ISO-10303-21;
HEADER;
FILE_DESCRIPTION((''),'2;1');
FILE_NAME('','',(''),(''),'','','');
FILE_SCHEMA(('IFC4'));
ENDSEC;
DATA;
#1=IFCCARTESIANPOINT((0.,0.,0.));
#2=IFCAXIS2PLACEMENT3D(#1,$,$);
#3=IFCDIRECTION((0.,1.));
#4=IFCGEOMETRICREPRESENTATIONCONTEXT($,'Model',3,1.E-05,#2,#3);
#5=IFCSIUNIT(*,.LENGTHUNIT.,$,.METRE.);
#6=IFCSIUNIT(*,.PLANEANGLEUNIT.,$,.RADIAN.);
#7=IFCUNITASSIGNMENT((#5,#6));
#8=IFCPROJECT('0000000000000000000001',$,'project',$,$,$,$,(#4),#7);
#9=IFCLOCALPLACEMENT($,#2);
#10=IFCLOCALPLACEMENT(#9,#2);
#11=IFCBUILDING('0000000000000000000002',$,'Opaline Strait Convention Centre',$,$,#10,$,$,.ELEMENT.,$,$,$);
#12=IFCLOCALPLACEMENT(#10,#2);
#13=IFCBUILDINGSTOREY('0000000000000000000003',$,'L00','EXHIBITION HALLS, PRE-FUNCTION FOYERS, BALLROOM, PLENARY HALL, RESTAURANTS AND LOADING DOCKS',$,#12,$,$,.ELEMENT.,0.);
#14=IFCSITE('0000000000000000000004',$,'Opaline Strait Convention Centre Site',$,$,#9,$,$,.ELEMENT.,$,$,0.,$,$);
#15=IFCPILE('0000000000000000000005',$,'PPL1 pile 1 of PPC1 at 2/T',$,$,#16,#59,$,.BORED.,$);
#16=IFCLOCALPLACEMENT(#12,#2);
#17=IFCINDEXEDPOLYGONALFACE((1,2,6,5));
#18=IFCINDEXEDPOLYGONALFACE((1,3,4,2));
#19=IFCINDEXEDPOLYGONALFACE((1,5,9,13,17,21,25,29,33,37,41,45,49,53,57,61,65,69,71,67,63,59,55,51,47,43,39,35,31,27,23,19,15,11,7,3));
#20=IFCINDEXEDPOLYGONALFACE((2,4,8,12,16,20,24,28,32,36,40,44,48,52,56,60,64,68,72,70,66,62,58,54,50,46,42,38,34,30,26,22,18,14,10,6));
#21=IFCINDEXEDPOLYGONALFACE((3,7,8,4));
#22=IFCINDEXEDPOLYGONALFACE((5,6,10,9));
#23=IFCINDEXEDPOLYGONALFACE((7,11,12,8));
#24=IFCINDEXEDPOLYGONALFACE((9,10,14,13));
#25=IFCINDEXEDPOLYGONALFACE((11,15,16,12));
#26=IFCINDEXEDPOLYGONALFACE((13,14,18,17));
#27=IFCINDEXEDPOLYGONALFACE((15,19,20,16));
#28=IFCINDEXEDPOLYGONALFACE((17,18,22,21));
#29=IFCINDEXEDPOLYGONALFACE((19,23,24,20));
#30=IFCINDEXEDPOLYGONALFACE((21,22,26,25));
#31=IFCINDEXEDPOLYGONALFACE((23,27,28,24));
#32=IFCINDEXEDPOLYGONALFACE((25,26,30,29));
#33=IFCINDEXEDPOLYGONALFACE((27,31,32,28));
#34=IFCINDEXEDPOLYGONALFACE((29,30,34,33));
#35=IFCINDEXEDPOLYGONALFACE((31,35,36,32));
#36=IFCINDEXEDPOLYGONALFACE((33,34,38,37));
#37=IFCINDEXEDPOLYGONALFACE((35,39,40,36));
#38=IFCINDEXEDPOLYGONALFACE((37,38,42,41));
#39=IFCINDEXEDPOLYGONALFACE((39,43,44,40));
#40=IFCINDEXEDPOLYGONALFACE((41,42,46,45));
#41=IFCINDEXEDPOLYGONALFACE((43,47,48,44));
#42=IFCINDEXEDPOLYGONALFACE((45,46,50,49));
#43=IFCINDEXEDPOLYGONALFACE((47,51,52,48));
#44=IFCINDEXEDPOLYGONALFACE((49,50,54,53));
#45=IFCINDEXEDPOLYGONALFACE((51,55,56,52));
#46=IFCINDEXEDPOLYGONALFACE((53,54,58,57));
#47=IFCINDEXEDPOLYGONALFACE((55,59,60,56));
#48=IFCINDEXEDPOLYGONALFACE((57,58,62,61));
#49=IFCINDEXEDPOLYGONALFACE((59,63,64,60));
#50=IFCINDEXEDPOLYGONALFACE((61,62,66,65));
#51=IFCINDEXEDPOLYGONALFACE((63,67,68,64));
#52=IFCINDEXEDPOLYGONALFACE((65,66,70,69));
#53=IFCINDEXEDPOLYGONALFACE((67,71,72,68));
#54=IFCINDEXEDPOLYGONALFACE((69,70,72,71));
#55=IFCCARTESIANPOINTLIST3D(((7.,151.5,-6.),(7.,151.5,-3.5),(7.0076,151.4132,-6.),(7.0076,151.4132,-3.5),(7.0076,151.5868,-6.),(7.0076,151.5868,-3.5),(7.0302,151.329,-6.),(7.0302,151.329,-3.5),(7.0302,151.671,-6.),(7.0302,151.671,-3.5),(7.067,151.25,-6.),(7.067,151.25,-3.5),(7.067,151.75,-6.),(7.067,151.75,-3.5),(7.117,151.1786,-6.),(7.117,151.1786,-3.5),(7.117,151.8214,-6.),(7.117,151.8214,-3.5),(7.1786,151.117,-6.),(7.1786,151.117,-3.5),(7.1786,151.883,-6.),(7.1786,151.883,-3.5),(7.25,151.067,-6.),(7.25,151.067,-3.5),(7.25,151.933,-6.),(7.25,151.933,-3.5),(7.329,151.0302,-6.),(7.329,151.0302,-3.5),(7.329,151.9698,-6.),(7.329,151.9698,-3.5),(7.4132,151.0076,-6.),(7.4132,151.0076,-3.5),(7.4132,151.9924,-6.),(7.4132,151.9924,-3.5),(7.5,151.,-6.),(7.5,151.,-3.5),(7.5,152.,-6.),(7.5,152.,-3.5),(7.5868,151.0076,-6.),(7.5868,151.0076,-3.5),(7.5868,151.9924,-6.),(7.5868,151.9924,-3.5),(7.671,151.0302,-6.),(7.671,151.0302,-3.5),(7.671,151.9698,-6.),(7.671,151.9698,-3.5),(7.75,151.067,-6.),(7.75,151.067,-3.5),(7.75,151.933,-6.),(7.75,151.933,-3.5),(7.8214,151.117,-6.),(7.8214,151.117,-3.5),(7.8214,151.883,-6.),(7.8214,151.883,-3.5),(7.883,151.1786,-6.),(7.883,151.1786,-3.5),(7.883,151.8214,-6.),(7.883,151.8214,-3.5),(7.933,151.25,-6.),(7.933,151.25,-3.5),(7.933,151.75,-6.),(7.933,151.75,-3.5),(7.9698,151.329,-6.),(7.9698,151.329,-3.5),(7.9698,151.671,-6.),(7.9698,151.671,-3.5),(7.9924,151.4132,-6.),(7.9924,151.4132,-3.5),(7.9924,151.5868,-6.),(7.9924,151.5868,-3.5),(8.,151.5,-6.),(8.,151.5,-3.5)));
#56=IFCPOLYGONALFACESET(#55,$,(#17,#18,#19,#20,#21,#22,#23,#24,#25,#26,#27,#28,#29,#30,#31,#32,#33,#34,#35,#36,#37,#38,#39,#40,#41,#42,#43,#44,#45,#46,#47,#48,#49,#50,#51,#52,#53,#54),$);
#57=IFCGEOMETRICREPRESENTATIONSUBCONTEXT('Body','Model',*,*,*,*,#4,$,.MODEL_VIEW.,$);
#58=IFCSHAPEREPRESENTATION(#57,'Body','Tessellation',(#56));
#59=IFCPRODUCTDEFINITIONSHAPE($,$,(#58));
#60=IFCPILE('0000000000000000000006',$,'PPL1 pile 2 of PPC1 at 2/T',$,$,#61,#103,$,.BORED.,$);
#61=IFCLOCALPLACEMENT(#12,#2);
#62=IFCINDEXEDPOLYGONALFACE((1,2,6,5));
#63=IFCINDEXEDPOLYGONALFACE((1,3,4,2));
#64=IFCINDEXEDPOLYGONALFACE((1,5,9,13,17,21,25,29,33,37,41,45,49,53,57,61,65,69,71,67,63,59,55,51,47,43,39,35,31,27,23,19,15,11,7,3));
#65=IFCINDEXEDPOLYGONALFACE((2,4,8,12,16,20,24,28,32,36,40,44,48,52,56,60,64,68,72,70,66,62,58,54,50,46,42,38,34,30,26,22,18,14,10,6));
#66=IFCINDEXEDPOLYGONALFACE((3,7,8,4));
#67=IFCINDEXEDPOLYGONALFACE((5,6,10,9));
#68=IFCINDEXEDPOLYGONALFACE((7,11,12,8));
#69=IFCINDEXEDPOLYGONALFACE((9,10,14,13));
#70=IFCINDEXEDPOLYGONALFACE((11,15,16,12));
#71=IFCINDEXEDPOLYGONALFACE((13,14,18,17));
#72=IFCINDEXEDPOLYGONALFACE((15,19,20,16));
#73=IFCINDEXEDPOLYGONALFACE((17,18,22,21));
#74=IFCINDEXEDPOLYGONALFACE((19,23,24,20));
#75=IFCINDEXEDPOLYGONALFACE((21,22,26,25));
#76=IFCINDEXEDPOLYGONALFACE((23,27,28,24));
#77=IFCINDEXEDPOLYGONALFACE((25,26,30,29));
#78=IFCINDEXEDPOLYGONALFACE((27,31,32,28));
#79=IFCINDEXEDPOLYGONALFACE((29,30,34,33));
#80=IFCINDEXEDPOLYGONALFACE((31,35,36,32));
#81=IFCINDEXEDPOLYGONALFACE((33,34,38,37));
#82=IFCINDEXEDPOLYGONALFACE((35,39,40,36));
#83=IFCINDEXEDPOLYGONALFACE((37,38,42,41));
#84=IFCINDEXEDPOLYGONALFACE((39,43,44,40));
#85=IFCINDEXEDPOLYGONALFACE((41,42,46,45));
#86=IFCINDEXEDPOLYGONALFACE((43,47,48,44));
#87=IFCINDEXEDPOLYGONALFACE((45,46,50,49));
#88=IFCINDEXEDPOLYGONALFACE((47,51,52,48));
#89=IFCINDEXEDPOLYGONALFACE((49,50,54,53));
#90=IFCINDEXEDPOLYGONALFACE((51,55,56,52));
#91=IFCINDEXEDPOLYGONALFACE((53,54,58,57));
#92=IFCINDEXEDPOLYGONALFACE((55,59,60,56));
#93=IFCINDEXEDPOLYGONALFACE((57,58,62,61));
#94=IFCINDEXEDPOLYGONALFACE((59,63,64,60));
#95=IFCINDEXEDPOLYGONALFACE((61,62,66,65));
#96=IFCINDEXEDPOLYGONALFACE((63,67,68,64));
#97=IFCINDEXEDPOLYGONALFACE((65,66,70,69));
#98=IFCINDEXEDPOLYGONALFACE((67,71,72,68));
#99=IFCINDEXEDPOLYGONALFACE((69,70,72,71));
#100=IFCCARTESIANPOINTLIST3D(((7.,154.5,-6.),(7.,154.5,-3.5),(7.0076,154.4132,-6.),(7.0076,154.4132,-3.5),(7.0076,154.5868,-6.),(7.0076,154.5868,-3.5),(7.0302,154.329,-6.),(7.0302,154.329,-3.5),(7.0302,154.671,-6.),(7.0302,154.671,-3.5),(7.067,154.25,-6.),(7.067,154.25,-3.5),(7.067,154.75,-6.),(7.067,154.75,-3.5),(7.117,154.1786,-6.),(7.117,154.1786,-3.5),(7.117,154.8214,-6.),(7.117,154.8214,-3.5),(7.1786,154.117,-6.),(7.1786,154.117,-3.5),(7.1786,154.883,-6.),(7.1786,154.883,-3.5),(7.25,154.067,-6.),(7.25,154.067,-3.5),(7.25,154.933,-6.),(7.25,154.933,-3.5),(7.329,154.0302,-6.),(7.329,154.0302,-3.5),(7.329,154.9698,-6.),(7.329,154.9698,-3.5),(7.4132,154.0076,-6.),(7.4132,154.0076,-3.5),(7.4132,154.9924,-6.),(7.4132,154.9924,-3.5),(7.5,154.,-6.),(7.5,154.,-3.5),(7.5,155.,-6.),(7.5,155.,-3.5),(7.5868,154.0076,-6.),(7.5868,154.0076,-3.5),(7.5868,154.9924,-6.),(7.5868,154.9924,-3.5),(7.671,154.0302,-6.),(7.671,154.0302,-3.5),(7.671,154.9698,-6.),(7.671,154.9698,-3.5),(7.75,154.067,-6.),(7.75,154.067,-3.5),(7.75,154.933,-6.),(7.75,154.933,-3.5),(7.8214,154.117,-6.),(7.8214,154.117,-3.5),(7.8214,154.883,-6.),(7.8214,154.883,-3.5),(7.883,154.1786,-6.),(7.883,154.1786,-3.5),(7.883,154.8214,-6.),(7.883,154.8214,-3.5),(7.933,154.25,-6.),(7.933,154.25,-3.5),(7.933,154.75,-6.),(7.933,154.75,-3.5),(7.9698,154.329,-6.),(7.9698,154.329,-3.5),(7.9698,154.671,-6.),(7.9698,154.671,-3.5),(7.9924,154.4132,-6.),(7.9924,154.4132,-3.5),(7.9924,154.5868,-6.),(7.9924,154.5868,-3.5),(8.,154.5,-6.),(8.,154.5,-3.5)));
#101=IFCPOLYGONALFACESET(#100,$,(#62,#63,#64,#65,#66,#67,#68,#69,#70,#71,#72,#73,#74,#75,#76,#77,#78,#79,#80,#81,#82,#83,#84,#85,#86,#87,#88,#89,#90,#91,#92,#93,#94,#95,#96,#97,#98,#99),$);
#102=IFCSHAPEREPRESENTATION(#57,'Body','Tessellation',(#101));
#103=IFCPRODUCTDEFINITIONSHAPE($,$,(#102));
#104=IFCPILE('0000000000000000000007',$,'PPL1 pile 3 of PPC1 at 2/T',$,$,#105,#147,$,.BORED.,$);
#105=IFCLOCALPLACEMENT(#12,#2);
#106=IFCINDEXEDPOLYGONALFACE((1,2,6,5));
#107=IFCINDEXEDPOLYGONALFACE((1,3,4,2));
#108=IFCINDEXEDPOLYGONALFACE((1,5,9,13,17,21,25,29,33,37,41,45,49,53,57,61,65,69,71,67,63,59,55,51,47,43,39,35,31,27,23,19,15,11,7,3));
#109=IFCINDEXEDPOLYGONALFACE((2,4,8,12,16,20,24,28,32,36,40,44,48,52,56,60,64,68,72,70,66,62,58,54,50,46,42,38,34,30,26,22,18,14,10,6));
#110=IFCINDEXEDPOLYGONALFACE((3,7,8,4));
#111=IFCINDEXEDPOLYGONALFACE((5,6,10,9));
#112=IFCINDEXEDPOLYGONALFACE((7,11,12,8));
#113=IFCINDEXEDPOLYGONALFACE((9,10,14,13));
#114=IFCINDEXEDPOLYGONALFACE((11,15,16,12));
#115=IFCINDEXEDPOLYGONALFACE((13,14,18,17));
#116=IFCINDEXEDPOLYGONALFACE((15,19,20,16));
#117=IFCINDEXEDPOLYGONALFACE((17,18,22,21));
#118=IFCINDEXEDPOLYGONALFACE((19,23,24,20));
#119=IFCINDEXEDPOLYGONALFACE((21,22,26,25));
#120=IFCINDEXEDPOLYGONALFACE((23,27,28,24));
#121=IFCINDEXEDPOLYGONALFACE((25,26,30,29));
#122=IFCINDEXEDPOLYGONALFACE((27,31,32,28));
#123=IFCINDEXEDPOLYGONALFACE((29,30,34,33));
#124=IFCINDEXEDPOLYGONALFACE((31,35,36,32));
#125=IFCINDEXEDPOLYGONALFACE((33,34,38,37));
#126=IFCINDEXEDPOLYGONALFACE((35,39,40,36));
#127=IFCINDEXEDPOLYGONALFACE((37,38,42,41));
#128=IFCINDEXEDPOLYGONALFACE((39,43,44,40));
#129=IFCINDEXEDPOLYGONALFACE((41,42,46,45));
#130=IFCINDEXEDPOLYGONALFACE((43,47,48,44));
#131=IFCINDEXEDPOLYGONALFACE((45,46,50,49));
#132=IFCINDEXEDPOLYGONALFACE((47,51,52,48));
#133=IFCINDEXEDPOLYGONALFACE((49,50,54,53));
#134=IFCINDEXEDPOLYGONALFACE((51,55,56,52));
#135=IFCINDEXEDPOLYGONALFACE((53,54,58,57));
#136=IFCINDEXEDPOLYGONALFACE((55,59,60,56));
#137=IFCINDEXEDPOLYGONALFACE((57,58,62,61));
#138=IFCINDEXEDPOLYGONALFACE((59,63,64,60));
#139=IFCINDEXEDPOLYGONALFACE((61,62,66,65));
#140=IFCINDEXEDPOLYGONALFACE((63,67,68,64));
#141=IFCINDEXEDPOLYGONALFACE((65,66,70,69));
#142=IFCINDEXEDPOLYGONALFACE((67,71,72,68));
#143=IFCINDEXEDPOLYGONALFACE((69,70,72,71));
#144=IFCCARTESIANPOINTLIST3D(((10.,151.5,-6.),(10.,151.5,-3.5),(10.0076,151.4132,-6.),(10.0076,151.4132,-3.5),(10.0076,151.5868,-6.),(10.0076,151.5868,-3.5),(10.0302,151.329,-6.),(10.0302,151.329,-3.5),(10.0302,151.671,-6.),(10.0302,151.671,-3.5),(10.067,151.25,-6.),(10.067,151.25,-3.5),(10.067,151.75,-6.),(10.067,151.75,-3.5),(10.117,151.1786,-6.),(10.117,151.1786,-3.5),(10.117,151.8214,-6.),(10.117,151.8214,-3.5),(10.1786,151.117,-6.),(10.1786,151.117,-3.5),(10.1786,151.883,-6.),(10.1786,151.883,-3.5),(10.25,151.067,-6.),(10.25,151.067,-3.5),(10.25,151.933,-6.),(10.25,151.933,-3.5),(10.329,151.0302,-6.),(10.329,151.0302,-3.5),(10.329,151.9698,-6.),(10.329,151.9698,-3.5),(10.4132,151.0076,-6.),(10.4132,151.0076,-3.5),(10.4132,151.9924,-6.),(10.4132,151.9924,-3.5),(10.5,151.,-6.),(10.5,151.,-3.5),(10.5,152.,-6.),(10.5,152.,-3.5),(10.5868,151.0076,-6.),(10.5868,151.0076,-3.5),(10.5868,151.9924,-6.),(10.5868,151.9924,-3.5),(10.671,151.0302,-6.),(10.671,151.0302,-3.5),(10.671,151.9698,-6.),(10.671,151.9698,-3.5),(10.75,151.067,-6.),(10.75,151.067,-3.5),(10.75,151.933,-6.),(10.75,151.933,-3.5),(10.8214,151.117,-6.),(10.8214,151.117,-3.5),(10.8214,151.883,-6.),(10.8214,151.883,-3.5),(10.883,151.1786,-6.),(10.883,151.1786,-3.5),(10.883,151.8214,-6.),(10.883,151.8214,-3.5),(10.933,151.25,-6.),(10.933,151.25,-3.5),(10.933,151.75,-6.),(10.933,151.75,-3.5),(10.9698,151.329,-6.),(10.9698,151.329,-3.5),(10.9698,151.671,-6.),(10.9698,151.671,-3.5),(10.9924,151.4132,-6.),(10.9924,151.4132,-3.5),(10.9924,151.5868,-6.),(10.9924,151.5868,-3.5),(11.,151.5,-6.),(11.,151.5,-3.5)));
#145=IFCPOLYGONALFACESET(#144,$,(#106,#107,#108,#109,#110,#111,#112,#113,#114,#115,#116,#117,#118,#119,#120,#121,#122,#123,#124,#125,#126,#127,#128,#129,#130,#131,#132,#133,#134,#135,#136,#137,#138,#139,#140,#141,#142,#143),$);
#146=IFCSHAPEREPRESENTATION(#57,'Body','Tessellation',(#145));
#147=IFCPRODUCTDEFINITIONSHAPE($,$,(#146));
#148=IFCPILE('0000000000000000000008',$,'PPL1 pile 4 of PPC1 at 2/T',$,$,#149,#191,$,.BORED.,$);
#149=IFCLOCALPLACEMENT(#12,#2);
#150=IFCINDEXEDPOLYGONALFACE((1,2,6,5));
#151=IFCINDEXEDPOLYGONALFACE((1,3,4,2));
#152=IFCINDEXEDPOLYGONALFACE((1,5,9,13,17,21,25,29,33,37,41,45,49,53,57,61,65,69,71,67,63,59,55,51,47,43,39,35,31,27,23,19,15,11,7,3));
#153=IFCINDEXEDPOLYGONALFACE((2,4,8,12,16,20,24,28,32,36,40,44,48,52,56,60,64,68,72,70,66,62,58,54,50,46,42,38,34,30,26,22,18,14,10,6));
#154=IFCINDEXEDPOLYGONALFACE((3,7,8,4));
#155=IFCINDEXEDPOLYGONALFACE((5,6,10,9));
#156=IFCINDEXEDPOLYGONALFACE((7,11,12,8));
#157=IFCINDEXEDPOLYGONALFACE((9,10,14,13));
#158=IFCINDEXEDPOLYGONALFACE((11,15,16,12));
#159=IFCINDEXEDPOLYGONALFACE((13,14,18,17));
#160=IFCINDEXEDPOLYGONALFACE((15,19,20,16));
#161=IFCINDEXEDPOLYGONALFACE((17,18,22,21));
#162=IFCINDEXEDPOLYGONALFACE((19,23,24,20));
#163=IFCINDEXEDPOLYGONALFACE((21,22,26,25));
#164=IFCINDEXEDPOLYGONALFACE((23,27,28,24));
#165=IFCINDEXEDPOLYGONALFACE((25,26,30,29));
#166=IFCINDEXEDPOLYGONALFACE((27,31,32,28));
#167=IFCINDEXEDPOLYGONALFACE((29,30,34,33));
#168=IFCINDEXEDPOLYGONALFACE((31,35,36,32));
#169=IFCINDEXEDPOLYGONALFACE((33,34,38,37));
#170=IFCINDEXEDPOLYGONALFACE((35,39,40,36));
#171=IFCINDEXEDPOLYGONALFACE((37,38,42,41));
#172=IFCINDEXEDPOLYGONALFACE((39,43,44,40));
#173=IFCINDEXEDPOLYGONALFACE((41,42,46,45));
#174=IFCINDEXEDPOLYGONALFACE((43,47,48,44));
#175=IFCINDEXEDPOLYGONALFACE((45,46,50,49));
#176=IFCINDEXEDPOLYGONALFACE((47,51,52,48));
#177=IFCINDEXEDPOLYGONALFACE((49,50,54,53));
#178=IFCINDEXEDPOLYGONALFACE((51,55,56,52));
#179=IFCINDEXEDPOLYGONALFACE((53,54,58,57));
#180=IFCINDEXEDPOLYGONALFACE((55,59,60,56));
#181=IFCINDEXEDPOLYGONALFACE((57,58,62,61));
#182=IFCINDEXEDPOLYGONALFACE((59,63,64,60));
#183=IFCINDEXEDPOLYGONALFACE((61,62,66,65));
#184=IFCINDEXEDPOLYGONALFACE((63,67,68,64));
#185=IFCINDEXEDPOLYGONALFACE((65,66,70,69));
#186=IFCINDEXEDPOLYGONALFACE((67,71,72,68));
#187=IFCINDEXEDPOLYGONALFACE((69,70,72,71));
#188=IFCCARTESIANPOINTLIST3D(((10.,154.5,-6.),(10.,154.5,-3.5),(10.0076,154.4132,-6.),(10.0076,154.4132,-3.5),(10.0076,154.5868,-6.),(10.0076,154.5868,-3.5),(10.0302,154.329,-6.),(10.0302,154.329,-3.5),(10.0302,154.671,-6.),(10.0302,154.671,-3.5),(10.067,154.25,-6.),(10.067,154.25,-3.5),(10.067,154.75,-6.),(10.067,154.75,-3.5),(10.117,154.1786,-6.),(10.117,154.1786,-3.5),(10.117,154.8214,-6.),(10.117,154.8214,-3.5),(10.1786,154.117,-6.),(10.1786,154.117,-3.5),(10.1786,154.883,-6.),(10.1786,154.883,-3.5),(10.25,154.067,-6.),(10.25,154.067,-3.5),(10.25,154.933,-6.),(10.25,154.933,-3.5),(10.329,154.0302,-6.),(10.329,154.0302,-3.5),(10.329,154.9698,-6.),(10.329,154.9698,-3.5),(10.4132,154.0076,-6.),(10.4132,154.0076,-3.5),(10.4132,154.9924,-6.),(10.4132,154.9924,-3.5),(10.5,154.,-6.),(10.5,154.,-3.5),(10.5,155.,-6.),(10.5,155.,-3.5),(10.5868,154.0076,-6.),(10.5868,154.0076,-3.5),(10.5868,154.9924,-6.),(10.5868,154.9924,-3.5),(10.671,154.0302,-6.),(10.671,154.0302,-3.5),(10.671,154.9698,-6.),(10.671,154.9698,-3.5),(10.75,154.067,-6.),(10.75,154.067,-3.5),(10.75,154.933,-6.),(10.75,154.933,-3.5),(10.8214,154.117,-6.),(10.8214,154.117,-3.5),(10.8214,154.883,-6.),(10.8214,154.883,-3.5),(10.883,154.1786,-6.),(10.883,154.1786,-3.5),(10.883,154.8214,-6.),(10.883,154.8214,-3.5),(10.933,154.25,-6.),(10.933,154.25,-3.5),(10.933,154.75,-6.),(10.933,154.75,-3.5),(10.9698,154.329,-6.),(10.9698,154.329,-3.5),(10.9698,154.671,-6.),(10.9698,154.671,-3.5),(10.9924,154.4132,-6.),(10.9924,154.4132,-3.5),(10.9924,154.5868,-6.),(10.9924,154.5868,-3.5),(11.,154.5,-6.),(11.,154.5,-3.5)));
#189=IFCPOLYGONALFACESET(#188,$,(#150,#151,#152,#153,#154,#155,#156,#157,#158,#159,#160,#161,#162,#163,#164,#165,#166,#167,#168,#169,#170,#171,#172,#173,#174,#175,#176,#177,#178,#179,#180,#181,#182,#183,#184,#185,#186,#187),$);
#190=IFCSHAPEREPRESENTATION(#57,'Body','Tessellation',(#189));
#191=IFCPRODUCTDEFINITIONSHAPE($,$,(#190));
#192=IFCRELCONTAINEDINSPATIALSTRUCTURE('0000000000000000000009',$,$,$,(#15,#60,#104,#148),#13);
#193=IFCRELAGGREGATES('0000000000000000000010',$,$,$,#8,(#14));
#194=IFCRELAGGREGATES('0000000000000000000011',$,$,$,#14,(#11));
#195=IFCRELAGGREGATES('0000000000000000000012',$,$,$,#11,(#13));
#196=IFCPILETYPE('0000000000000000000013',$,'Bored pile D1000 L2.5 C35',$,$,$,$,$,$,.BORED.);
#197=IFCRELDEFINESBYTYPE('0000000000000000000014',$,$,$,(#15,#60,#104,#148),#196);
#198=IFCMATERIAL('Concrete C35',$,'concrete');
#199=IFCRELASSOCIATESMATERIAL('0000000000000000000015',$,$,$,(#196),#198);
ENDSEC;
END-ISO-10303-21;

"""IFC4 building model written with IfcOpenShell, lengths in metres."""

from ifc_helpers import new_model, si_unit, direction, frame, origin, origin_2d, place, context, subcontext, project, spatial, circle, extrude, material, material_profile, profile_set, type_object, element, save


model = new_model("IFC4")

# Units and contexts
model_context = context("Model", 3, precision=1e-05, world=origin(), true_north=direction((0.0, 1.0)))
body_context = subcontext(model_context, "Body", "Model", "MODEL_VIEW")
ifc_project = project(units=[si_unit("LENGTHUNIT", "METRE"), si_unit("PLANEANGLEUNIT", "RADIAN")], contexts=[model_context])

# Site, building, storey
site_placement = place(None, origin())
site = spatial("IfcSite", under=ifc_project, at=site_placement, Name="Opaline Strait Convention Centre Site", CompositionType="ELEMENT", RefElevation=0.0)
building_placement = place(site_placement, origin())
building = spatial("IfcBuilding", under=site, at=building_placement, Name="Opaline Strait Convention Centre", CompositionType="ELEMENT")
storey_placement = place(building_placement, origin())
storey = spatial("IfcBuildingStorey", under=building, at=storey_placement, Name="L00", Description="EXHIBITION HALLS, PRE-FUNCTION FOYERS, BALLROOM, PLENARY HALL, RESTAURANTS AND LOADING DOCKS", CompositionType="ELEMENT", Elevation=0.0)

# Piles
ifc_material_1 = material(Name="Concrete C35", Category="concrete")
ifc_material_profile_1 = material_profile(ifc_material_1, circle(Radius=0.5, at=origin_2d()), Name="D1000")
ifc_profile_set_1 = profile_set([ifc_material_profile_1], Name="Concrete C35")
pile_type = type_object("IfcPileType", Name="Bored pile D1000 L2.5 C35", PredefinedType="BORED", material=ifc_profile_set_1)
for number, where, z_axis, x_axis, name in (
    (1, (7.5, 151.5, -3.5), (0.0, 0.0, -1.0), (1.0, 0.0, 0.0), "PPL1 pile 1 of PPC1 at 2/T"),
    (2, (7.5, 154.5, -3.5), (0.0, 0.0, -1.0), (1.0, 0.0, 0.0), "PPL1 pile 2 of PPC1 at 2/T"),
    (3, (10.5, 151.5, -3.5), (0.0, 0.0, -1.0), (1.0, 0.0, 0.0), "PPL1 pile 3 of PPC1 at 2/T"),
    (4, (10.5, 154.5, -3.5), (0.0, 0.0, -1.0), (1.0, 0.0, 0.0), "PPL1 pile 4 of PPC1 at 2/T"),
):
    element("IfcPile", number, at=place(storey_placement, frame(where, z_axis=z_axis, x_axis=x_axis)), inside=storey, type_object=pile_type, Name=name, PredefinedType="BORED", context=body_context, shape_type="SweptSolid", body=[
        extrude(circle(Radius=0.5, at=origin_2d()), origin(), (0.0, 0.0, 1.0), 2.5),
    ])

save(model, "model.ifc")
